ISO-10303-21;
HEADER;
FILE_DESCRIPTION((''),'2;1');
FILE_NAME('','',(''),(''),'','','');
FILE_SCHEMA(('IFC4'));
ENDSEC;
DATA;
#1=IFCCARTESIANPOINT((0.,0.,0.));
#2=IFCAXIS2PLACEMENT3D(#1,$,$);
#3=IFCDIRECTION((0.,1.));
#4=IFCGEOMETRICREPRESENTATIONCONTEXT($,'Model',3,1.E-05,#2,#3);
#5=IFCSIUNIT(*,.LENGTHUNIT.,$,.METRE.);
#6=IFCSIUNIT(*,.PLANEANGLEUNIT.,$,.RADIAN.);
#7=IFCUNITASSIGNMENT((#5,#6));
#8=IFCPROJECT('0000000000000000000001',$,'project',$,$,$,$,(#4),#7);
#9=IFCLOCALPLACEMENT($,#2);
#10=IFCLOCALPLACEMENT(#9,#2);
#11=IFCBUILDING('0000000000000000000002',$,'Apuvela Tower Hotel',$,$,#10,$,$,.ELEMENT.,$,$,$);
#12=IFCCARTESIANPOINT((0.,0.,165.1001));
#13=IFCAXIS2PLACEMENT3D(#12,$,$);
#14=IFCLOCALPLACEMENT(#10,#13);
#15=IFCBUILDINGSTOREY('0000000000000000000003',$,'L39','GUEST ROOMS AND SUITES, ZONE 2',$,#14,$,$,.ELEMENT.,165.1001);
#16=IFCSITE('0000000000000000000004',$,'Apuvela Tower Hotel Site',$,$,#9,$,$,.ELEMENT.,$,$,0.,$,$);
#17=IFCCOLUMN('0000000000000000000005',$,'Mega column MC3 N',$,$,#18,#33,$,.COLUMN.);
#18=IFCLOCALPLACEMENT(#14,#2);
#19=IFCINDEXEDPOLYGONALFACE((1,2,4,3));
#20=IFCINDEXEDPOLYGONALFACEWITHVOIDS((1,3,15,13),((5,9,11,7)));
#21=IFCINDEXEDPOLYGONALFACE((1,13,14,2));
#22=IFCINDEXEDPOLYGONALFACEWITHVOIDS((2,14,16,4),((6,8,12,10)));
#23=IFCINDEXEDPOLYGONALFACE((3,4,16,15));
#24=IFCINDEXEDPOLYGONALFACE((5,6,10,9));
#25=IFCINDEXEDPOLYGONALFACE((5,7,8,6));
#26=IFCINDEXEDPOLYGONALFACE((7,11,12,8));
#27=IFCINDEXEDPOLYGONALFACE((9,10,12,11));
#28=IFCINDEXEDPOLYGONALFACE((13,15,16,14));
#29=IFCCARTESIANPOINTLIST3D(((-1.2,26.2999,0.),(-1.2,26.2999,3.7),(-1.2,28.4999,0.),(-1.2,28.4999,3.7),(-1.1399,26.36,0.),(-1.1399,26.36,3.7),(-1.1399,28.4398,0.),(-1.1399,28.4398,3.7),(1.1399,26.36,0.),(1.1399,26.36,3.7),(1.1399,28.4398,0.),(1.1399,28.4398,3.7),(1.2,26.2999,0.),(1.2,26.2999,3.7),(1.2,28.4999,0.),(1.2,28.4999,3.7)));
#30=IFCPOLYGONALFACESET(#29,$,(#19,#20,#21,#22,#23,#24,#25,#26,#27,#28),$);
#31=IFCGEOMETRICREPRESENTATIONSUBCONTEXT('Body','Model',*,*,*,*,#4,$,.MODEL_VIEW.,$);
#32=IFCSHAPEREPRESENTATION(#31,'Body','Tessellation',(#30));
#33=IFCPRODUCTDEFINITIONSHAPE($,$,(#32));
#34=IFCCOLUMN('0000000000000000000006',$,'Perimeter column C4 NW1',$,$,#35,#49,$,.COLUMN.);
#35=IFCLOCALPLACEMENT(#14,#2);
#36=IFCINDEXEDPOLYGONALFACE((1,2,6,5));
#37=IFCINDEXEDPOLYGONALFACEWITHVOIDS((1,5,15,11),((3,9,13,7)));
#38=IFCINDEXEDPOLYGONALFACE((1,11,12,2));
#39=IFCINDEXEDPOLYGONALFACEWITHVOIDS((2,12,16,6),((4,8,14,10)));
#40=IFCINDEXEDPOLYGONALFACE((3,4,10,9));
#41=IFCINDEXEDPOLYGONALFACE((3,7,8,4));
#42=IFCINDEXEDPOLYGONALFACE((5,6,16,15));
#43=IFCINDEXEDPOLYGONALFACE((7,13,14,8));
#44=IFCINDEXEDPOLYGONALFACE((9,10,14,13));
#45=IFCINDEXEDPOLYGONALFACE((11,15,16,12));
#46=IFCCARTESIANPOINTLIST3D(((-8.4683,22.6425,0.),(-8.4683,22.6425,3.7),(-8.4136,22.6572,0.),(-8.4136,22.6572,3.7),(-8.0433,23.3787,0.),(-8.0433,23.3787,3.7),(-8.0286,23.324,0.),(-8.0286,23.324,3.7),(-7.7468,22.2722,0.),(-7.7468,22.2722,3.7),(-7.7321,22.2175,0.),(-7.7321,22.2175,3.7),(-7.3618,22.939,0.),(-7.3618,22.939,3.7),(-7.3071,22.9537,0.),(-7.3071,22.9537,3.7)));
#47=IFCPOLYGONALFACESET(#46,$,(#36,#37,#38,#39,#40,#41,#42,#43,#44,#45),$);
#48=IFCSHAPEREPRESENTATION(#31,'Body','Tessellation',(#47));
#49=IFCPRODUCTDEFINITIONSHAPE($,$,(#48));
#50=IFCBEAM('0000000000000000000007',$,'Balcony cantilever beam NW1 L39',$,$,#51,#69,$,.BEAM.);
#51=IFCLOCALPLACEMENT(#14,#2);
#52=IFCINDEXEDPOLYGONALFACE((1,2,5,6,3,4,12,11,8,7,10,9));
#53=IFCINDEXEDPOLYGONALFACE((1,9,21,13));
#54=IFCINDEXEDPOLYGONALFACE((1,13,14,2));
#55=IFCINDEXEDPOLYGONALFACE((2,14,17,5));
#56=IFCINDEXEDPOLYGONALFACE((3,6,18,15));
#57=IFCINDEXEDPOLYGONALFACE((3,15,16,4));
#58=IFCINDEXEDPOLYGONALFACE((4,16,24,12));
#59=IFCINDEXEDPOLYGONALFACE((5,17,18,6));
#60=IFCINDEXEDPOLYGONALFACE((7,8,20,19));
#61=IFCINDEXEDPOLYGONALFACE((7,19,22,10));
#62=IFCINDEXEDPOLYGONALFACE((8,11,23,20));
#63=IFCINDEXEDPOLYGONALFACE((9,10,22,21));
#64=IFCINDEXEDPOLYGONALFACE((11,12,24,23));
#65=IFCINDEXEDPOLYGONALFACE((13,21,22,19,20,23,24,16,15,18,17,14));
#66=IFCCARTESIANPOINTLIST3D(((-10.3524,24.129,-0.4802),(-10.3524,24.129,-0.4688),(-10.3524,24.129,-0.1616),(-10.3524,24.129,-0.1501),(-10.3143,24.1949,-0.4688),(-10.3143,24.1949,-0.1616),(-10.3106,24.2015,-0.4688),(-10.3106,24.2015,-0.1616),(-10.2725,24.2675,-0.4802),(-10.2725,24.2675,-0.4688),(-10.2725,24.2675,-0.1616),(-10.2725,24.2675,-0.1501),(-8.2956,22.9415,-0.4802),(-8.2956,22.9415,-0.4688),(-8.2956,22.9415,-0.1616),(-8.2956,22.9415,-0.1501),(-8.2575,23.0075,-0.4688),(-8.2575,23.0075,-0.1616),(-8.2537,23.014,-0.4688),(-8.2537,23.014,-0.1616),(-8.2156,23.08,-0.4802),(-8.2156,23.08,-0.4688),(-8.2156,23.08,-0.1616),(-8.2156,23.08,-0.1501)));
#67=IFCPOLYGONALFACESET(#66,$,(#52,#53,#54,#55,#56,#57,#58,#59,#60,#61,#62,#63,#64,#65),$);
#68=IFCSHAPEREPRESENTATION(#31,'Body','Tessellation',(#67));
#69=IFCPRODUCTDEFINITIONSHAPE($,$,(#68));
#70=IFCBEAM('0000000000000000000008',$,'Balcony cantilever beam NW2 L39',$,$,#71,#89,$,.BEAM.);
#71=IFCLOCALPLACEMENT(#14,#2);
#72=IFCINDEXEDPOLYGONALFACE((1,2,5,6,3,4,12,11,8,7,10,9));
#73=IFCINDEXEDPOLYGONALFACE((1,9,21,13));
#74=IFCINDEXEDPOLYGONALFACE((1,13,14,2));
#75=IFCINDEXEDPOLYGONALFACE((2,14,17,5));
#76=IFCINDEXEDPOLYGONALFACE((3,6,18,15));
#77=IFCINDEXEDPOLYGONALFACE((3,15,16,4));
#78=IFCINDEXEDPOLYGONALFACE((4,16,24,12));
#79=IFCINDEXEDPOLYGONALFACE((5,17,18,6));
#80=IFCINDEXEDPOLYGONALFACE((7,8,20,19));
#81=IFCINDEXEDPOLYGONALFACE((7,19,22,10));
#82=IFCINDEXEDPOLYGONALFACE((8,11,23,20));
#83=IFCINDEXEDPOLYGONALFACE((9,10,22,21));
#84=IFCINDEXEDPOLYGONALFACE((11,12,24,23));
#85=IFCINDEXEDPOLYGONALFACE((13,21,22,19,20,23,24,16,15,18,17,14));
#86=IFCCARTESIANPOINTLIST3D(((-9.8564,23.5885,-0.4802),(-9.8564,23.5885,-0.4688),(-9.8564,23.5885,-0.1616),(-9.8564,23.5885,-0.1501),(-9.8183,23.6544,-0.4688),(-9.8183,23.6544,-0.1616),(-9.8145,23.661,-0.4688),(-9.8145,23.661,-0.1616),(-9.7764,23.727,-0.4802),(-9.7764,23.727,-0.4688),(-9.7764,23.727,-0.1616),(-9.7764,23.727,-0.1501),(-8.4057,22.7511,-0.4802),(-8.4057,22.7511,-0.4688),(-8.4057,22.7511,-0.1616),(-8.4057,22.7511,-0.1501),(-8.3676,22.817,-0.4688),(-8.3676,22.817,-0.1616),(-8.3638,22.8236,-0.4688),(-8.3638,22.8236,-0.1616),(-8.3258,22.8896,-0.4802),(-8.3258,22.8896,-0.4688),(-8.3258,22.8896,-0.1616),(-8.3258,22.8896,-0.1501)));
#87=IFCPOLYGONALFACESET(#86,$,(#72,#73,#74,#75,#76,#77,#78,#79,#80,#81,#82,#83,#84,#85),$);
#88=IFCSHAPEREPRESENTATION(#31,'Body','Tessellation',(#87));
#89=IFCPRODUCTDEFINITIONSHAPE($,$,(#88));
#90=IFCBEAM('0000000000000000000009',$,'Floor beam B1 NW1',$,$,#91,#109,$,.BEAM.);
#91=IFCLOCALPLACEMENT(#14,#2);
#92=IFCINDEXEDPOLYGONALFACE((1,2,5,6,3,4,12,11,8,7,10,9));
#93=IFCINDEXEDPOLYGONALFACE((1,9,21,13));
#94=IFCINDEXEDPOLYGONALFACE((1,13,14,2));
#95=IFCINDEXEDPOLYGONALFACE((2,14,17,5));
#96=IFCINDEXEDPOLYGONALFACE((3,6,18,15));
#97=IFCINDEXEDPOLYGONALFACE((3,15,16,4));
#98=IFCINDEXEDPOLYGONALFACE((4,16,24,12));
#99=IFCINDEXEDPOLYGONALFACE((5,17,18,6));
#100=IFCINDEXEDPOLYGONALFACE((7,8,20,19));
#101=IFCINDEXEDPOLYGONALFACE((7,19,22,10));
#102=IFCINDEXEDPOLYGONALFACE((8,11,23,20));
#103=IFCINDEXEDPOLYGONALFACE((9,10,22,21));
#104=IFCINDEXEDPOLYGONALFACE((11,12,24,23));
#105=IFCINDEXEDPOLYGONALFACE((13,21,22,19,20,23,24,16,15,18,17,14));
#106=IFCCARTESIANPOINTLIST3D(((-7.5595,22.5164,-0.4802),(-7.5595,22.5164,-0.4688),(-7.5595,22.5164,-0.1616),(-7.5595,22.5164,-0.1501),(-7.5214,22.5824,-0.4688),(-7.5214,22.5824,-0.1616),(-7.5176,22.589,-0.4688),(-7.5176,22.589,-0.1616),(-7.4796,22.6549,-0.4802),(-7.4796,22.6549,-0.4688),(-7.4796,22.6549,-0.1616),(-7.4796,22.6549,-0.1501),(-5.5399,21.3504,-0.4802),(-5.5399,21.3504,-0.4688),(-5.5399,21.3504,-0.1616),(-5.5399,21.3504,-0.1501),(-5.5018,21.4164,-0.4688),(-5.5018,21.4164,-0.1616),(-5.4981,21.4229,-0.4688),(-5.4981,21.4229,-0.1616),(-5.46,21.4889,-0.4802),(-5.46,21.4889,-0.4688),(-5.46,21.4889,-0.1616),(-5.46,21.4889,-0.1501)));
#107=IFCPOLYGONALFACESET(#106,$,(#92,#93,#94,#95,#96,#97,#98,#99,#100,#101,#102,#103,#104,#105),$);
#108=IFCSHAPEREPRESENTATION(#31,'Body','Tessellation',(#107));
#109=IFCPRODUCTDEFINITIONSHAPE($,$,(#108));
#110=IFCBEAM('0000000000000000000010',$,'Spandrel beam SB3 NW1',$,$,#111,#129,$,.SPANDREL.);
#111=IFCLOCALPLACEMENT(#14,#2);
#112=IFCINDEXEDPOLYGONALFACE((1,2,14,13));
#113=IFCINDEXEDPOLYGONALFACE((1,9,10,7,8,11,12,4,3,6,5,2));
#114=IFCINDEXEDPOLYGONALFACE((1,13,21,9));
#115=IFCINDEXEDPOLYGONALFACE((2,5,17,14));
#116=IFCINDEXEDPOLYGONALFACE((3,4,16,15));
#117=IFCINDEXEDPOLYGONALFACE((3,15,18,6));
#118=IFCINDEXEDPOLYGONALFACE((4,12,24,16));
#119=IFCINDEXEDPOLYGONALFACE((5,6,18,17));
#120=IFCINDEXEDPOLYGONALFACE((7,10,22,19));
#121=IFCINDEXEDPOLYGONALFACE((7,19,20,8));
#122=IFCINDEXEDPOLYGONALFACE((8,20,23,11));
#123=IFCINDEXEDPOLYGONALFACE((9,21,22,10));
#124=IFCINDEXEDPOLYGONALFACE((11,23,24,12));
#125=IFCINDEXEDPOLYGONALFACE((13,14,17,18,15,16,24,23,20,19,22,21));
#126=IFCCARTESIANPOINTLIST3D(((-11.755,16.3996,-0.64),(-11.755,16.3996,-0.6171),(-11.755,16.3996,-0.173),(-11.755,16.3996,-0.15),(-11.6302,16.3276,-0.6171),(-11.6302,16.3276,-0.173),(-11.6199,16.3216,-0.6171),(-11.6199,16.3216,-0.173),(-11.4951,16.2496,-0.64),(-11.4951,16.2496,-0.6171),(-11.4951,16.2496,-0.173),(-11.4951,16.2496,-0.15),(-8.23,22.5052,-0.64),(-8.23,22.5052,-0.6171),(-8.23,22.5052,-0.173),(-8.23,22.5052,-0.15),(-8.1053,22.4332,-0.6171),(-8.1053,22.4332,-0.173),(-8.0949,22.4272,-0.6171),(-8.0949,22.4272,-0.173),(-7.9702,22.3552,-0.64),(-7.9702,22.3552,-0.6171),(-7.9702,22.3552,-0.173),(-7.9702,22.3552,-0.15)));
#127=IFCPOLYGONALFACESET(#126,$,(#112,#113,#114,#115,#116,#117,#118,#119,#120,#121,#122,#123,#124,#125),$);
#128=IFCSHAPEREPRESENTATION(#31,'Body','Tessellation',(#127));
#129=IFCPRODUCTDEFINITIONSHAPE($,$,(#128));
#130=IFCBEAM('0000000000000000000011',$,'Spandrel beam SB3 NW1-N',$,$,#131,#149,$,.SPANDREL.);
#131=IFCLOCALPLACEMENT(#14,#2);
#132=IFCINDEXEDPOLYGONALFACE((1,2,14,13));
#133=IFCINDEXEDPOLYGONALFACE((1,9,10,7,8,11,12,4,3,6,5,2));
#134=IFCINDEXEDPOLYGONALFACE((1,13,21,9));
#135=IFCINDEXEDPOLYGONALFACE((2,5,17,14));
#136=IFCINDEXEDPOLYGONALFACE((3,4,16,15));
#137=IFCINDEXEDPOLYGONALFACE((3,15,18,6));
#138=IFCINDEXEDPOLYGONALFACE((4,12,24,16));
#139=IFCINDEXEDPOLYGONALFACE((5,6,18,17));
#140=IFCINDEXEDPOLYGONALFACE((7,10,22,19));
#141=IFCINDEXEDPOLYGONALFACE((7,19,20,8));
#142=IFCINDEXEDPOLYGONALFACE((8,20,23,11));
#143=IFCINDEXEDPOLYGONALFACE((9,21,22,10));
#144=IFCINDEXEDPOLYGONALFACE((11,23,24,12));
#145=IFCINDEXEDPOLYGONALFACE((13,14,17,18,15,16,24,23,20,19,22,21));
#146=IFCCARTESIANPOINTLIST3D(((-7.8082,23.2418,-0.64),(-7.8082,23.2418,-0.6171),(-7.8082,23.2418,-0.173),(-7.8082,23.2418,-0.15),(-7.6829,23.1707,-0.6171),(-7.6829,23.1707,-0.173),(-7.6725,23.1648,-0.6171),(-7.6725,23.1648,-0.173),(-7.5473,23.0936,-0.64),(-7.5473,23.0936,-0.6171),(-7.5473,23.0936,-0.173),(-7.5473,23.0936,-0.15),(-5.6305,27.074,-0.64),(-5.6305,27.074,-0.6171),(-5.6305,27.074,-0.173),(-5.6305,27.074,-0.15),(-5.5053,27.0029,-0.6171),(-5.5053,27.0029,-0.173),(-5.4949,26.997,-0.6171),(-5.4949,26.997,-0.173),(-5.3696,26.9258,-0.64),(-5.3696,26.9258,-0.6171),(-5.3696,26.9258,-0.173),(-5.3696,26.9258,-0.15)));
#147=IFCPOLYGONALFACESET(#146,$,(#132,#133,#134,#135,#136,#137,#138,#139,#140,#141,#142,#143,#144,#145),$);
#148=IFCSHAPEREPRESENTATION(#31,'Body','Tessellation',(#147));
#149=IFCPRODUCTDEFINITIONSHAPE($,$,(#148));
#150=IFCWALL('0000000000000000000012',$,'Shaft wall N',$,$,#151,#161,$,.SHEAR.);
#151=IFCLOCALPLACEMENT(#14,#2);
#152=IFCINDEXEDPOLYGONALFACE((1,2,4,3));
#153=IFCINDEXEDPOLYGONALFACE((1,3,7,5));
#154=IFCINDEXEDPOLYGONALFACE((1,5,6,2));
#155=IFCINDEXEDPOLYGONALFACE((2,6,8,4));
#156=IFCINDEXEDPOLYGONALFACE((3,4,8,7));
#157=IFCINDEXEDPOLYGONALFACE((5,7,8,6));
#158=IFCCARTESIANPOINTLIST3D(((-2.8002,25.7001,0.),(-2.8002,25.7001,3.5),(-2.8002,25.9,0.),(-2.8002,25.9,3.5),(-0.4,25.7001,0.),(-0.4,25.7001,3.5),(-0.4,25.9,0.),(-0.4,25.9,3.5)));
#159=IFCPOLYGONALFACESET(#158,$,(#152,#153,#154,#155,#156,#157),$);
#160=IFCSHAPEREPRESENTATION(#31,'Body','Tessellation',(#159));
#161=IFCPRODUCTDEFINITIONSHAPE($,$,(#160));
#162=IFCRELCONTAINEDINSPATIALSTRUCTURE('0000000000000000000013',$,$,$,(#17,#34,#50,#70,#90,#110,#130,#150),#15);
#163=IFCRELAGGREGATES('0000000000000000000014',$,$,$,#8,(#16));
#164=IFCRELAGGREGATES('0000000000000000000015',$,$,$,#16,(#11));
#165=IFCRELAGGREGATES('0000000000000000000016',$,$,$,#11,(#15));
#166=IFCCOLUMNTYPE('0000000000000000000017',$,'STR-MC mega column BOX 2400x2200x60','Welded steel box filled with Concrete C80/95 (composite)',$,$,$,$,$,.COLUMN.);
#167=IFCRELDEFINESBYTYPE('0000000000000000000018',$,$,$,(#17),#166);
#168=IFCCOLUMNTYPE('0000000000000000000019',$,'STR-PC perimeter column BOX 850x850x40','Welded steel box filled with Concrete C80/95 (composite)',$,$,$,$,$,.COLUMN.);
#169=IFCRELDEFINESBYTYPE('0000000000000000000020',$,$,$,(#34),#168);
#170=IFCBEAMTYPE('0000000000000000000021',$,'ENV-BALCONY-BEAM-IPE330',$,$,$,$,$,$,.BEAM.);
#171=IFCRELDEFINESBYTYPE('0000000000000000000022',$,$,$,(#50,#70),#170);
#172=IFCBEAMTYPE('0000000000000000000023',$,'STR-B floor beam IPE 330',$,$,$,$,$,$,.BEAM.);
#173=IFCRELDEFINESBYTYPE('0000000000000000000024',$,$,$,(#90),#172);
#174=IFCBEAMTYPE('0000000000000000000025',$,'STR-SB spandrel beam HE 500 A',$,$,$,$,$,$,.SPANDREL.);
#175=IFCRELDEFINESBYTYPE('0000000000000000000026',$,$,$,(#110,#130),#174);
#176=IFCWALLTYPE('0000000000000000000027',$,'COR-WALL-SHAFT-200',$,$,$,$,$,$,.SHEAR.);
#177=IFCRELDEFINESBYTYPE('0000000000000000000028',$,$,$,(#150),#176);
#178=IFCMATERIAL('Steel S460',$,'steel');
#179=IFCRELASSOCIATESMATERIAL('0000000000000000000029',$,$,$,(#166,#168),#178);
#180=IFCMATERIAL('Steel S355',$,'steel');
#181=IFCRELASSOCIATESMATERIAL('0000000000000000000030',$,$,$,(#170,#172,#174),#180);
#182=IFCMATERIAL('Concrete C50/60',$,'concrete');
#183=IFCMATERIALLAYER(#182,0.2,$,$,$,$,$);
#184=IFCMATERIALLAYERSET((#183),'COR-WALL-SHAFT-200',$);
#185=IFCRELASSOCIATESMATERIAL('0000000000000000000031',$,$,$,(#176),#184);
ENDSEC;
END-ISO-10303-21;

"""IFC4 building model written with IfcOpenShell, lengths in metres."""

from ifc_helpers import new_model, si_unit, direction, frame, frame_2d, origin, origin_2d, place, context, subcontext, project, spatial, rectangle, hollow_rectangle, i_section, extrude, material, layer, layer_set, material_profile, profile_set, type_object, element, save


model = new_model("IFC4")

# Units and contexts
model_context = context("Model", 3, precision=1e-05, world=origin(), true_north=direction((0.0, 1.0)))
body_context = subcontext(model_context, "Body", "Model", "MODEL_VIEW")
ifc_project = project(units=[si_unit("LENGTHUNIT", "METRE"), si_unit("PLANEANGLEUNIT", "RADIAN")], contexts=[model_context])

# Site, building, storey
site_placement = place(None, origin())
site = spatial("IfcSite", under=ifc_project, at=site_placement, Name="Apuvela Tower Hotel Site", CompositionType="ELEMENT", RefElevation=0.0)
building_placement = place(site_placement, origin())
building = spatial("IfcBuilding", under=site, at=building_placement, Name="Apuvela Tower Hotel", CompositionType="ELEMENT")
storey_placement = place(building_placement, frame((0.0, 0.0, 165.1001)))
storey = spatial("IfcBuildingStorey", under=building, at=storey_placement, Name="L39", Description="GUEST ROOMS AND SUITES, ZONE 2", CompositionType="ELEMENT", Elevation=165.1001)

# Columns
ifc_material_1 = material(Name="Steel S460", Category="steel")
ifc_material_profile_1 = material_profile(ifc_material_1, hollow_rectangle(XDim=2.3999, YDim=2.2, WallThickness=0.0601, at=origin_2d()), Name="BOX 2400x2200x60")
ifc_material_2 = material(Name="Concrete C80/95", Category="concrete")
ifc_material_profile_2 = material_profile(ifc_material_2, rectangle(XDim=2.28, YDim=2.0801, at=origin_2d()), Name="Concrete C80/95 infill")
ifc_profile_set_1 = profile_set([ifc_material_profile_1, ifc_material_profile_2], Name="Steel S460")
column_type_1 = type_object("IfcColumnType", Name="STR-MC mega column BOX 2400x2200x60", Description="Welded steel box filled with Concrete C80/95 (composite)", PredefinedType="COLUMN", material=ifc_profile_set_1)
column_1_placement = place(storey_placement, frame((0.0, 27.3999, 0.0), z_axis=(0.0, 0.0, 1.0), x_axis=(1.0, 0.0, 0.0)))
element("IfcColumn", 1, at=column_1_placement, inside=storey, type_object=column_type_1, Name="Mega column MC3 N", PredefinedType="COLUMN", context=body_context, shape_type="SweptSolid", body=[
    extrude(hollow_rectangle(XDim=2.3999, YDim=2.2, WallThickness=0.0601, at=origin_2d()), origin(), (0.0, 0.0, 1.0), 3.7),
])
ifc_material_profile_3 = material_profile(ifc_material_1, hollow_rectangle(XDim=0.8501, YDim=0.8501, WallThickness=0.04, at=origin_2d()), Name="BOX 850x850x40")
ifc_material_profile_4 = material_profile(ifc_material_2, rectangle(XDim=0.77, YDim=0.77, at=origin_2d()), Name="Concrete C80/95 infill")
ifc_profile_set_2 = profile_set([ifc_material_profile_3, ifc_material_profile_4], Name="Steel S460")
column_type_2 = type_object("IfcColumnType", Name="STR-PC perimeter column BOX 850x850x40", Description="Welded steel box filled with Concrete C80/95 (composite)", PredefinedType="COLUMN", material=ifc_profile_set_2)
column_2_placement = place(storey_placement, frame((-7.8877, 22.7981, 0.0), z_axis=(0.0, 0.0, 1.0), x_axis=(0.5, 0.866025, 0.0)))
element("IfcColumn", 2, at=column_2_placement, inside=storey, type_object=column_type_2, Name="Perimeter column C4 NW1", PredefinedType="COLUMN", context=body_context, shape_type="SweptSolid", body=[
    extrude(hollow_rectangle(XDim=0.8501, YDim=0.8501, WallThickness=0.04, at=origin_2d()), origin(), (0.0, 0.0, 1.0), 3.7),
])

# Beams
ifc_material_3 = material(Name="Steel S355", Category="steel")
ifc_material_profile_5 = material_profile(ifc_material_3, i_section(OverallWidth=0.1599, OverallDepth=0.3301, WebThickness=0.0076, FlangeThickness=0.0115, at=origin_2d()), Name="IPE 330")
ifc_profile_set_3 = profile_set([ifc_material_profile_5], Name="Steel S355")
beam_type_1 = type_object("IfcBeamType", Name="ENV-BALCONY-BEAM-IPE330", PredefinedType="BEAM", material=ifc_profile_set_3)
beam_1_placement = place(storey_placement, frame((-8.2556, 23.0107, -0.3152), z_axis=(-0.866033, 0.499986, 0.0), x_axis=(-0.499986, -0.866033, 0.0)))
element("IfcBeam", 3, at=beam_1_placement, inside=storey, type_object=beam_type_1, Name="Balcony cantilever beam NW1 L39", PredefinedType="BEAM", context=body_context, shape_type="SweptSolid", body=[
    extrude(i_section(OverallWidth=0.1599, OverallDepth=0.3301, WebThickness=0.0076, FlangeThickness=0.0115, at=origin_2d()), origin(), (0.0, 0.0, 1.0), 2.375),
])
beam_2_placement = place(storey_placement, frame((-8.3657, 22.8203, -0.3152), z_axis=(-0.866064, 0.499933, 0.0), x_axis=(-0.499933, -0.866064, 0.0)))
element("IfcBeam", 4, at=beam_2_placement, inside=storey, type_object=beam_type_1, Name="Balcony cantilever beam NW2 L39", PredefinedType="BEAM", context=body_context, shape_type="SweptSolid", body=[
    extrude(i_section(OverallWidth=0.1599, OverallDepth=0.3301, WebThickness=0.0076, FlangeThickness=0.0115, at=origin_2d()), origin(), (0.0, 0.0, 1.0), 1.675),
])
ifc_material_profile_6 = material_profile(ifc_material_3, i_section(OverallWidth=0.1599, OverallDepth=0.3301, WebThickness=0.0076, FlangeThickness=0.0115, at=origin_2d()), Name="IPE 330")
ifc_profile_set_4 = profile_set([ifc_material_profile_6], Name="Steel S355")
beam_type_2 = type_object("IfcBeamType", Name="STR-B floor beam IPE 330", PredefinedType="BEAM", material=ifc_profile_set_4)
beam_3_placement = place(storey_placement, frame((-7.5195, 22.5857, -0.3152), z_axis=(0.866018, -0.500012, 0.0), x_axis=(0.500012, 0.866018, 0.0)))
element("IfcBeam", 5, at=beam_3_placement, inside=storey, type_object=beam_type_2, Name="Floor beam B1 NW1", PredefinedType="BEAM", context=body_context, shape_type="SweptSolid", body=[
    extrude(i_section(OverallWidth=0.1599, OverallDepth=0.3301, WebThickness=0.0076, FlangeThickness=0.0115, at=origin_2d()), origin(), (0.0, 0.0, 1.0), 2.332),
])
ifc_material_profile_7 = material_profile(ifc_material_3, i_section(OverallWidth=0.3, OverallDepth=0.49, WebThickness=0.012, FlangeThickness=0.0229, at=origin_2d()), Name="HE 500 A")
ifc_profile_set_5 = profile_set([ifc_material_profile_7], Name="Steel S355")
beam_type_3 = type_object("IfcBeamType", Name="STR-SB spandrel beam HE 500 A", PredefinedType="SPANDREL", material=ifc_profile_set_5)
beam_4_placement = place(storey_placement, frame((-8.1001, 22.4302, -0.395), z_axis=(-0.49999, -0.866031, 0.0), x_axis=(0.866031, -0.49999, 0.0)))
element("IfcBeam", 6, at=beam_4_placement, inside=storey, type_object=beam_type_3, Name="Spandrel beam SB3 NW1", PredefinedType="SPANDREL", context=body_context, shape_type="SweptSolid", body=[
    extrude(i_section(OverallWidth=0.3, OverallDepth=0.49, WebThickness=0.012, FlangeThickness=0.0229, at=origin_2d()), origin(), (0.0, 0.0, 1.0), 7.05),
])
beam_5_placement = place(storey_placement, frame((-7.6777, 23.1677, -0.395), z_axis=(0.494062, 0.869427, 0.0), x_axis=(-0.869427, 0.494062, 0.0)))
element("IfcBeam", 7, at=beam_5_placement, inside=storey, type_object=beam_type_3, Name="Spandrel beam SB3 NW1-N", PredefinedType="SPANDREL", context=body_context, shape_type="SweptSolid", body=[
    extrude(i_section(OverallWidth=0.3, OverallDepth=0.49, WebThickness=0.012, FlangeThickness=0.0229, at=origin_2d()), origin(), (0.0, 0.0, 1.0), 4.4077),
])

# Wall
ifc_material_4 = material(Name="Concrete C50/60", Category="concrete")
ifc_layer_1 = layer(ifc_material_4, 0.2)
ifc_layer_set_1 = layer_set([ifc_layer_1], Name="COR-WALL-SHAFT-200")
wall_type_1 = type_object("IfcWallType", Name="COR-WALL-SHAFT-200", PredefinedType="SHEAR", material=ifc_layer_set_1)
wall_1_placement = place(storey_placement, frame((-0.3999, 25.8, 0.0), z_axis=(0.0, 0.0, 1.0), x_axis=(-1.0, 0.0, 0.0)))
element("IfcWall", 8, at=wall_1_placement, inside=storey, type_object=wall_type_1, Name="Shaft wall N", PredefinedType="SHEAR", context=body_context, shape_type="SweptSolid", body=[
    extrude(rectangle(XDim=2.4001, YDim=0.2, at=frame_2d((1.2002, 0.0))), origin(), (0.0, 0.0, 1.0), 3.5),
])

save(model, "model.ifc")
